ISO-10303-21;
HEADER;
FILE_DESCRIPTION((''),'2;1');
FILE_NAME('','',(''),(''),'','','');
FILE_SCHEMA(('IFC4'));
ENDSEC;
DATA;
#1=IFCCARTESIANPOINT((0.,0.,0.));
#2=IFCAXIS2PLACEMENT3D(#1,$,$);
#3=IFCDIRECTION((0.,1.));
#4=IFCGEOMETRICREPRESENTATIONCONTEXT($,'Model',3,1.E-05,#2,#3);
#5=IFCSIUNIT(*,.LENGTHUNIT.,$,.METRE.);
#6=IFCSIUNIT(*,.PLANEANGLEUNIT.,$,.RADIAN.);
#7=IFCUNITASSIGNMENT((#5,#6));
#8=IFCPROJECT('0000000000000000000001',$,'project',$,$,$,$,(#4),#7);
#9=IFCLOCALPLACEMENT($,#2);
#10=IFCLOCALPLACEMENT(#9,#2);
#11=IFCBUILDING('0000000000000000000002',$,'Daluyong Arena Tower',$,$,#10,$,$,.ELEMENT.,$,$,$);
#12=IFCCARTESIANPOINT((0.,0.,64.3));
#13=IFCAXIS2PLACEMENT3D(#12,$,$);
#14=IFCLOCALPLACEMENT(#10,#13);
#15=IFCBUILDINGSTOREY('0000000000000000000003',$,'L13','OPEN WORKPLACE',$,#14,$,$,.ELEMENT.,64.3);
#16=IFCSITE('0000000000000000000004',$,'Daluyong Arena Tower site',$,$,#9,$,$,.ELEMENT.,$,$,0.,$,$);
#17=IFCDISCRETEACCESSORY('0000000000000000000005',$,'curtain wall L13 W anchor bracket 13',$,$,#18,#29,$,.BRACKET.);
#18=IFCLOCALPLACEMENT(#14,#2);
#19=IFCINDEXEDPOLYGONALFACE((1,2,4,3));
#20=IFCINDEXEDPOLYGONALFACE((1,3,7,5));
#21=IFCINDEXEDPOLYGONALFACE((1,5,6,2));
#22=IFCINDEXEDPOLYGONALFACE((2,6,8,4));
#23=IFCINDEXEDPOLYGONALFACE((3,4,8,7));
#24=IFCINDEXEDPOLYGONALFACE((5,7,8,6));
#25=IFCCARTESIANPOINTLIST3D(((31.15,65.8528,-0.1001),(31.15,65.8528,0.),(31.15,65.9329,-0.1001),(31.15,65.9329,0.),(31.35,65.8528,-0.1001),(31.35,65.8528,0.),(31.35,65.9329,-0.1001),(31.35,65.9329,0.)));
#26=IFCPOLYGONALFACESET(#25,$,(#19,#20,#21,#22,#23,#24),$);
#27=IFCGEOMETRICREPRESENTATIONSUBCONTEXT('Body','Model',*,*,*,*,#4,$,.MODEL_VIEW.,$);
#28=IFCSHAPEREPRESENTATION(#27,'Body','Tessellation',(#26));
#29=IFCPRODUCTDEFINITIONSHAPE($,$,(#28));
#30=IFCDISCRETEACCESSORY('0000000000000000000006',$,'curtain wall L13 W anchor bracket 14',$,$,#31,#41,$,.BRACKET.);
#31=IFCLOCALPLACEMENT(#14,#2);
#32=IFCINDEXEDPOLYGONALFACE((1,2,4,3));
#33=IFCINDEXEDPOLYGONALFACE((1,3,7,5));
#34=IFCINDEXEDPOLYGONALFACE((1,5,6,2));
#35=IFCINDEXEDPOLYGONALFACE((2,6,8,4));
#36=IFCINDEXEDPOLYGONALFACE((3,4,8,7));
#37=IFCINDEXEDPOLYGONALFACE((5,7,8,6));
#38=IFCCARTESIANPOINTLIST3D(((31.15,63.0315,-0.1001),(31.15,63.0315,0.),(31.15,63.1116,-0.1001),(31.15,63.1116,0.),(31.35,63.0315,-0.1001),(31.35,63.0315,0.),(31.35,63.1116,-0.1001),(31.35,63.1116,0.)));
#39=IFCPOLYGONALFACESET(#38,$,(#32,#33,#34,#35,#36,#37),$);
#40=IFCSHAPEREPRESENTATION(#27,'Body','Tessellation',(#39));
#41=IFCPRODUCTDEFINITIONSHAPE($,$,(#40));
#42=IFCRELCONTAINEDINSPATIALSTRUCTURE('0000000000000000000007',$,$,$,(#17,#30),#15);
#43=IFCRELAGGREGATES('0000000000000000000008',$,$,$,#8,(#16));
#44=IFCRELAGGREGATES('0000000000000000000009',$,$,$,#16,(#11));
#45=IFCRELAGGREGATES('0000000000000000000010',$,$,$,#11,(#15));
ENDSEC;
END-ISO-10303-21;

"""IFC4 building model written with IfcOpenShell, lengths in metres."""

from ifc_helpers import new_model, si_unit, direction, frame, origin, origin_2d, place, context, subcontext, project, spatial, rectangle, extrude, element, save


model = new_model("IFC4")

# Units and contexts
model_context = context("Model", 3, precision=1e-05, world=origin(), true_north=direction((0.0, 1.0)))
body_context = subcontext(model_context, "Body", "Model", "MODEL_VIEW")
ifc_project = project(units=[si_unit("LENGTHUNIT", "METRE"), si_unit("PLANEANGLEUNIT", "RADIAN")], contexts=[model_context])

# Site, building, storey
site_placement = place(None, origin())
site = spatial("IfcSite", under=ifc_project, at=site_placement, Name="Daluyong Arena Tower site", CompositionType="ELEMENT", RefElevation=0.0)
building_placement = place(site_placement, origin())
building = spatial("IfcBuilding", under=site, at=building_placement, Name="Daluyong Arena Tower", CompositionType="ELEMENT")
storey_placement = place(building_placement, frame((0.0, 0.0, 64.3)))
storey = spatial("IfcBuildingStorey", under=building, at=storey_placement, Name="L13", Description="OPEN WORKPLACE", CompositionType="ELEMENT", Elevation=64.3)

# Discrete accessories
for number, where, z_axis, x_axis, name in (
    (1, (31.25, 65.8928, -0.1001), (0.0, 0.0, 1.0), (0.0, -1.0, 0.0), "curtain wall L13 W anchor bracket 13"),
    (2, (31.25, 63.0715, -0.1001), (0.0, 0.0, 1.0), (0.0, -1.0, 0.0), "curtain wall L13 W anchor bracket 14"),
):
    element("IfcDiscreteAccessory", number, at=place(storey_placement, frame(where, z_axis=z_axis, x_axis=x_axis)), inside=storey, Name=name, PredefinedType="BRACKET", context=body_context, shape_type="SweptSolid", body=[
        extrude(rectangle(XDim=0.0801, YDim=0.2, at=origin_2d()), origin(), (0.0, 0.0, 1.0), 0.1001),
    ])

save(model, "model.ifc")
